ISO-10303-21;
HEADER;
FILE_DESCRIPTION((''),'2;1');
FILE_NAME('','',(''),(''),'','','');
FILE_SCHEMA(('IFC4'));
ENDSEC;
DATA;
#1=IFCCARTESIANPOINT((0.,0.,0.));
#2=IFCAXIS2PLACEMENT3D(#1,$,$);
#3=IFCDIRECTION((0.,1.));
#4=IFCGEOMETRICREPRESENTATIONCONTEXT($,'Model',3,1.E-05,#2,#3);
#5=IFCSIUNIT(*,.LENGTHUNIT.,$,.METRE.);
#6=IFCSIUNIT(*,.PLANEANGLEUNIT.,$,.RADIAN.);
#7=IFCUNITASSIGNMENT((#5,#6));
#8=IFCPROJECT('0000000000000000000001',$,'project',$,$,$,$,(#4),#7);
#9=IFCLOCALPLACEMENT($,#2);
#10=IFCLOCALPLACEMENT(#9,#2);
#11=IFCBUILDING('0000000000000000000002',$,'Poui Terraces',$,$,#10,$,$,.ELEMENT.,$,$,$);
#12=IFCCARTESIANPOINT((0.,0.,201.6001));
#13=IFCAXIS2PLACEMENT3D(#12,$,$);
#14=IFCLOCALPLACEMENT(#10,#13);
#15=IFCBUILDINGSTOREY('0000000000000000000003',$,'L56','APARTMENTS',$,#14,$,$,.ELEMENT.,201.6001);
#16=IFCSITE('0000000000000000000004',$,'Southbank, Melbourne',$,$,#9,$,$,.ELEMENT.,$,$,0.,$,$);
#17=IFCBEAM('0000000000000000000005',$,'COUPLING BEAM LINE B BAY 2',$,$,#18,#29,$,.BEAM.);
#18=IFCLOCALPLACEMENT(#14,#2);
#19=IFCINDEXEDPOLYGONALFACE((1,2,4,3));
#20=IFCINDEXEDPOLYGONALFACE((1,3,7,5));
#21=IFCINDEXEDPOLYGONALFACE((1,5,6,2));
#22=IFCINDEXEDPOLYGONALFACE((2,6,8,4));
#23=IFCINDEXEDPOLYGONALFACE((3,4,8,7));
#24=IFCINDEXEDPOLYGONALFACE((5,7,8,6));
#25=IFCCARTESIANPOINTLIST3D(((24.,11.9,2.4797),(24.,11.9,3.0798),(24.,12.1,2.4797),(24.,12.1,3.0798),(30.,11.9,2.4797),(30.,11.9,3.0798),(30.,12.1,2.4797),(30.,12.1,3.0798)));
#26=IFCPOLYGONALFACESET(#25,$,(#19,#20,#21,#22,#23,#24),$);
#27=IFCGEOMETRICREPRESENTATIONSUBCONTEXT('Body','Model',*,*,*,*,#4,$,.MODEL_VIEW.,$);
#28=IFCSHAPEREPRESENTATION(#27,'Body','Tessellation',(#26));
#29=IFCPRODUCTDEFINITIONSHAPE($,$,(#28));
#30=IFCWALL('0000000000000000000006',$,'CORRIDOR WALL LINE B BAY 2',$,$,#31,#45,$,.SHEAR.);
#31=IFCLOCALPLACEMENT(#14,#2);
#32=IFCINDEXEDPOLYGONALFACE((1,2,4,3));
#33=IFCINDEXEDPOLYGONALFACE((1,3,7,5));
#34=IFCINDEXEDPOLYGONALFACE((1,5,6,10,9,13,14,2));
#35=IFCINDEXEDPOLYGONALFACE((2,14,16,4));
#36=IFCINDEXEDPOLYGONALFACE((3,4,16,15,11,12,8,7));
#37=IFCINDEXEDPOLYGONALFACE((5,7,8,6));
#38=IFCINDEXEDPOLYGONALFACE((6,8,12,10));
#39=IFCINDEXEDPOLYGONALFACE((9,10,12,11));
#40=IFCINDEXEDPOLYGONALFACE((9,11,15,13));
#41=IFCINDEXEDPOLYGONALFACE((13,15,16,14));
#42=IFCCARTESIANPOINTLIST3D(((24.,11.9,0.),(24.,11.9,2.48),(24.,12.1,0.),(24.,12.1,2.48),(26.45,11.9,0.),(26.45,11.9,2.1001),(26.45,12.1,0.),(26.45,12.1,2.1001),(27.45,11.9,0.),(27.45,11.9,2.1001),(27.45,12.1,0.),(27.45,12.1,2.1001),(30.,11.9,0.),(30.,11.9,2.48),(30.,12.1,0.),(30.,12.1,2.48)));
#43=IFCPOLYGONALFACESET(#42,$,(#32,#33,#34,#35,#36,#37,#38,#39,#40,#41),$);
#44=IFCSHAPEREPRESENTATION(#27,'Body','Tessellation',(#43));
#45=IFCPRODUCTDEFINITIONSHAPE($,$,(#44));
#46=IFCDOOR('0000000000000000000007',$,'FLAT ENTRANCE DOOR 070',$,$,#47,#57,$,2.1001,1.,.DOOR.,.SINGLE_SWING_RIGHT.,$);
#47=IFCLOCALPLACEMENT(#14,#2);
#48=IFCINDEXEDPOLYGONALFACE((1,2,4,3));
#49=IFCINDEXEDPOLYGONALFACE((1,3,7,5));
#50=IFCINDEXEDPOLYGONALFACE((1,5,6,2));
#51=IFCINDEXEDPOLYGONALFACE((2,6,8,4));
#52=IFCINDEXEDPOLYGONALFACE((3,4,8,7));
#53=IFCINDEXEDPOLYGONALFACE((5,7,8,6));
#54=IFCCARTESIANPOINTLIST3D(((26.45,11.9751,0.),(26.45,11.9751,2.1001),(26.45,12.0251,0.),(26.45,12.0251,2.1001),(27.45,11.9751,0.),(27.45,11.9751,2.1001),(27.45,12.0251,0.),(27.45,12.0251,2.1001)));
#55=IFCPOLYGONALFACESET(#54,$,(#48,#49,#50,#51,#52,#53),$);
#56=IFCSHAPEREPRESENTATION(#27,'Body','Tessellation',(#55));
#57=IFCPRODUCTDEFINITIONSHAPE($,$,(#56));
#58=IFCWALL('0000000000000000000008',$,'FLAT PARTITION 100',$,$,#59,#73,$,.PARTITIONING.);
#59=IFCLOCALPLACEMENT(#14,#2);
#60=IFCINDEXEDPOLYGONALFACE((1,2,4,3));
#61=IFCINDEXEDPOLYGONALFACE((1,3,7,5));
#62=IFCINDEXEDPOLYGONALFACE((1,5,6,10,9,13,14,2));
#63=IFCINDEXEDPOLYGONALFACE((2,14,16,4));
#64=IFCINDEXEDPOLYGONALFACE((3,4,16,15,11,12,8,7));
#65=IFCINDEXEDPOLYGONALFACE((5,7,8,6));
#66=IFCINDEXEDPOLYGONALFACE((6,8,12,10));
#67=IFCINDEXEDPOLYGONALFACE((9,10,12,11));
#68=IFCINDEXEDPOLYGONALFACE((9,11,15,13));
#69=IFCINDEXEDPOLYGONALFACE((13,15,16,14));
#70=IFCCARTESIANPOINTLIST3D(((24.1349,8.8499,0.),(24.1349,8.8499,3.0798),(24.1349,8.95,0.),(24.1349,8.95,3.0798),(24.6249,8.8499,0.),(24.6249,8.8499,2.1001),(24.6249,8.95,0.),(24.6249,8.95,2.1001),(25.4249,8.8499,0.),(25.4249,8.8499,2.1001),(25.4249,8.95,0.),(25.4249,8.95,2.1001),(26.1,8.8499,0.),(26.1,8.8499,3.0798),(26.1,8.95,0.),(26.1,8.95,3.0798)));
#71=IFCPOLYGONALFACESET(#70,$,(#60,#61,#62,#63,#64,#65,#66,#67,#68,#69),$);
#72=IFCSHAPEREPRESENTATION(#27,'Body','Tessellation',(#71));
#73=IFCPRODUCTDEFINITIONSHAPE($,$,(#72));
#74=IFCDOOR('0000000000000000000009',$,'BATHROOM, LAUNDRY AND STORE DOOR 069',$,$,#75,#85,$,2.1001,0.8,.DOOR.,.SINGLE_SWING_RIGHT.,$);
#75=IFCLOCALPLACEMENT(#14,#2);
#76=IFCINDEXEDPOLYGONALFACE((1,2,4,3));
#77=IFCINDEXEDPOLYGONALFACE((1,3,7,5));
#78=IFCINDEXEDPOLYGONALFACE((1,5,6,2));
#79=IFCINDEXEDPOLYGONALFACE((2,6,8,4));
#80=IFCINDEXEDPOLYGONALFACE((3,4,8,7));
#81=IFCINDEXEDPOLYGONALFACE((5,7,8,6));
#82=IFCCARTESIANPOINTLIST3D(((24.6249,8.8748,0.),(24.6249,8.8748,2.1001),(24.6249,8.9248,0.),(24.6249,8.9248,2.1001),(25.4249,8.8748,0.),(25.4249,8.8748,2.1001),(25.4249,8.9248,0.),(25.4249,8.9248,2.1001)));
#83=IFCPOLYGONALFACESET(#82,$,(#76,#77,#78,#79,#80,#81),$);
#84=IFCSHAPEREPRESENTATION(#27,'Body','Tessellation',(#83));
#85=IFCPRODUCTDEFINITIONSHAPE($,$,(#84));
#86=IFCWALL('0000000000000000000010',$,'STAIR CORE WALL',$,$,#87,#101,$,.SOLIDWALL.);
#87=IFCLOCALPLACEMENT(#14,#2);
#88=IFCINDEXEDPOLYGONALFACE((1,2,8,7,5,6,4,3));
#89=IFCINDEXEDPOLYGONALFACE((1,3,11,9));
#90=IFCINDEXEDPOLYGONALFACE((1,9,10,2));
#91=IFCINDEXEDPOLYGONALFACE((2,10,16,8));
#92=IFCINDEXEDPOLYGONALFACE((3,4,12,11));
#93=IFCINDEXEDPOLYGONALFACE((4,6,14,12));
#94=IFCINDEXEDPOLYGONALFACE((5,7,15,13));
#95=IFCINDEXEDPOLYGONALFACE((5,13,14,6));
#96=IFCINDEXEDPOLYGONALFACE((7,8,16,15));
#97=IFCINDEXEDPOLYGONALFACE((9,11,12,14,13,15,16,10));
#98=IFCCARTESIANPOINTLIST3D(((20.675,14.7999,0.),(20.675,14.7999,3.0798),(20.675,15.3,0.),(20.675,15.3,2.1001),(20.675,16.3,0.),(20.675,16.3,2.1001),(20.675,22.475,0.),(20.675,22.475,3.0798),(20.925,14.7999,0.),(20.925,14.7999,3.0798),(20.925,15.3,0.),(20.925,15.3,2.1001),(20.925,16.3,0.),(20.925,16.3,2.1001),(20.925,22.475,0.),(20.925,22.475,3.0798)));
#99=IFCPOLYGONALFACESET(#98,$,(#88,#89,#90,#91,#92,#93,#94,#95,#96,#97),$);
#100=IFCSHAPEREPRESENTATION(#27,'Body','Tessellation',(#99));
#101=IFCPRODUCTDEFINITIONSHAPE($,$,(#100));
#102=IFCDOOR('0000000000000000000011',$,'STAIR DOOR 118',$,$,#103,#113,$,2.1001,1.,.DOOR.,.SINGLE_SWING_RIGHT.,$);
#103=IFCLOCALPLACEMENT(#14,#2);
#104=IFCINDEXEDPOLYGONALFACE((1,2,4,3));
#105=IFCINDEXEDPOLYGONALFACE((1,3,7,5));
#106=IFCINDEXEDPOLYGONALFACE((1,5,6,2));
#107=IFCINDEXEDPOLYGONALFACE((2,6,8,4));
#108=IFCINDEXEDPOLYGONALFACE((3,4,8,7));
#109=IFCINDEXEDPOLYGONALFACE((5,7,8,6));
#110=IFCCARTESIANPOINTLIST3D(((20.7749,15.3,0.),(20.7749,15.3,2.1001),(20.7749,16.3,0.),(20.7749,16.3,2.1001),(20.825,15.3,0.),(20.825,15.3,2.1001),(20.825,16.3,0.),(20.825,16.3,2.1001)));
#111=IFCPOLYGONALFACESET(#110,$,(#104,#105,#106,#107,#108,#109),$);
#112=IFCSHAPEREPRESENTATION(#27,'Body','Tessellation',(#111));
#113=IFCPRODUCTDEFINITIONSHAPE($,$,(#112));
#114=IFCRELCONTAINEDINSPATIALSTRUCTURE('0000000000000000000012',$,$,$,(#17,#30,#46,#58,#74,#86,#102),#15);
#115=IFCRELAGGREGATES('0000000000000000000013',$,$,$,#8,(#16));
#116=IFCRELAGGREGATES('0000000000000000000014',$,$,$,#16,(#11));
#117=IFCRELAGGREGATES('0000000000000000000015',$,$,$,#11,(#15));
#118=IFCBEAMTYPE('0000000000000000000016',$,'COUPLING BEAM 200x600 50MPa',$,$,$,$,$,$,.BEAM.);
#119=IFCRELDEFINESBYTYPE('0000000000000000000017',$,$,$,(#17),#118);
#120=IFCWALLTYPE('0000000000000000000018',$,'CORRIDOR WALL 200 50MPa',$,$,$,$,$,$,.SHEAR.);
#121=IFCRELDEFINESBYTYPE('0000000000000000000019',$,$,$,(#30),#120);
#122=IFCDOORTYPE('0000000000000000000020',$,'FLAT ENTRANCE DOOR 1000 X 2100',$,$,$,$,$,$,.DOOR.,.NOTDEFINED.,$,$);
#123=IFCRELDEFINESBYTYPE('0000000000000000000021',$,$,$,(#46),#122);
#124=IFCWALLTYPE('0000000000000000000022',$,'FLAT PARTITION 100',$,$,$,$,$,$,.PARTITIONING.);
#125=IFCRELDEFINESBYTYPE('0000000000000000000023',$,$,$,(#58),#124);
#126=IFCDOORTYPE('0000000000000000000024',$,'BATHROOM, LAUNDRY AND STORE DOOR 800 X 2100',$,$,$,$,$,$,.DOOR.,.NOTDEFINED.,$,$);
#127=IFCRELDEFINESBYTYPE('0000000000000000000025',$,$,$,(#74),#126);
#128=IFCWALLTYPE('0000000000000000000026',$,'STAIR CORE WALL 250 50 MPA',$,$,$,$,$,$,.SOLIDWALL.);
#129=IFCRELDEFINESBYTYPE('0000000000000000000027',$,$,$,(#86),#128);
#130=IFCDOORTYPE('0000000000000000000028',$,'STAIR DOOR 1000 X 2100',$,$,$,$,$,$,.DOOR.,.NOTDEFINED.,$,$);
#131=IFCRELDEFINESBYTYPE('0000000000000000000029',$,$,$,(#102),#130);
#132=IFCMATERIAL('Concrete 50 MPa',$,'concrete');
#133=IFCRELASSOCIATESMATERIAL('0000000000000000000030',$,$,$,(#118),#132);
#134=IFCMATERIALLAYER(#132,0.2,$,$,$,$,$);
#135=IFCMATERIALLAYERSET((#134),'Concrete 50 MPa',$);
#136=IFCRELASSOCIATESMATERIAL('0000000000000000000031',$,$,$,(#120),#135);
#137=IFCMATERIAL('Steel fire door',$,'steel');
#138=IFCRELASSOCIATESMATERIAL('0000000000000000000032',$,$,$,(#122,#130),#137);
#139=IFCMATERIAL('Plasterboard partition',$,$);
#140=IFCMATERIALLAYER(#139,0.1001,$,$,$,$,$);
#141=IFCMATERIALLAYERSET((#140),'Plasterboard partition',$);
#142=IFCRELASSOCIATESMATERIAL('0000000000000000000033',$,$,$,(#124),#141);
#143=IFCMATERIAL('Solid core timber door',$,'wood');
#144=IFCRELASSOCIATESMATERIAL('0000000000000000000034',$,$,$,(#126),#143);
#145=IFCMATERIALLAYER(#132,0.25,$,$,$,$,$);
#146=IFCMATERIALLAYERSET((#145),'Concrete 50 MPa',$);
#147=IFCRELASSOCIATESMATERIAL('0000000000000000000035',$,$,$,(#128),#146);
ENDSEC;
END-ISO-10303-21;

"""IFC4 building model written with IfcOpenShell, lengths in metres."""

from ifc_helpers import new_model, si_unit, direction, frame, frame_2d, origin, origin_2d, place, context, subcontext, project, spatial, rectangle, extrude, source, transform, mapped, material, layer, layer_set, material_profile, profile_set, type_object, element, fill, save


model = new_model("IFC4")

# Units and contexts
model_context = context("Model", 3, precision=1e-05, world=origin(), true_north=direction((0.0, 1.0)))
body_context = subcontext(model_context, "Body", "Model", "MODEL_VIEW")
ifc_project = project(units=[si_unit("LENGTHUNIT", "METRE"), si_unit("PLANEANGLEUNIT", "RADIAN")], contexts=[model_context])

# Site, building, storey
site_placement = place(None, origin())
site = spatial("IfcSite", under=ifc_project, at=site_placement, Name="Southbank, Melbourne", CompositionType="ELEMENT", RefElevation=0.0)
building_placement = place(site_placement, origin())
building = spatial("IfcBuilding", under=site, at=building_placement, Name="Poui Terraces", CompositionType="ELEMENT")
storey_placement = place(building_placement, frame((0.0, 0.0, 201.6001)))
storey = spatial("IfcBuildingStorey", under=building, at=storey_placement, Name="L56", Description="APARTMENTS", CompositionType="ELEMENT", Elevation=201.6001)

# Beam
ifc_material_1 = material(Name="Concrete 50 MPa", Category="concrete")
ifc_material_profile = material_profile(ifc_material_1, rectangle(XDim=0.2, YDim=0.6001, at=origin_2d()), Name="RC 200x600")
ifc_profile_set = profile_set([ifc_material_profile], Name="Concrete 50 MPa")
beam_type = type_object("IfcBeamType", Name="COUPLING BEAM 200x600 50MPa", PredefinedType="BEAM", material=ifc_profile_set)
shared_shape = source(origin(), body_context, "Body", "SweptSolid", [
    extrude(rectangle(XDim=0.2, YDim=0.6001, at=origin_2d()), origin(), (0.0, 0.0, 1.0), 6.0),
])
beam_placement = place(storey_placement, frame((24.0, 12.0, 2.7798), z_axis=(1.0, 0.0, 0.0), x_axis=(0.0, 1.0, 0.0)))
element("IfcBeam", 1, at=beam_placement, inside=storey, type_object=beam_type, Name="COUPLING BEAM LINE B BAY 2", PredefinedType="BEAM", context=body_context, shape_type="MappedRepresentation", body=[
    mapped(shared_shape, transform((0.0, 0.0, 0.0))),
])

# Walls, openings, doors
ifc_layer_1 = layer(ifc_material_1, 0.2)
ifc_layer_set_1 = layer_set([ifc_layer_1], Name="Concrete 50 MPa")
wall_type_1 = type_object("IfcWallType", Name="CORRIDOR WALL 200 50MPa", PredefinedType="SHEAR", material=ifc_layer_set_1)
wall_1_placement = place(storey_placement, frame((24.0, 12.0, 0.0), z_axis=(0.0, 0.0, 1.0), x_axis=(1.0, 0.0, 0.0)))
wall_1 = element("IfcWall", 2, at=wall_1_placement, inside=storey, type_object=wall_type_1, Name="CORRIDOR WALL LINE B BAY 2", PredefinedType="SHEAR", context=body_context, shape_type="SweptSolid", body=[
    extrude(rectangle(XDim=6.0, YDim=0.2, at=frame_2d((3.0, 0.0))), origin(), (0.0, 0.0, 1.0), 2.48),
])
opening_1_placement = place(wall_1_placement, frame((2.45, 0.0, 0.0)))
opening_1 = element("IfcOpeningElement", 3, at=opening_1_placement, cuts=wall_1, PredefinedType="OPENING", context=body_context, shape_type="SweptSolid", body=[
    extrude(rectangle(XDim=1.0, YDim=2.1001, at=frame_2d((0.5, 1.05))), frame((0.0, 0.1099, 0.0), z_axis=(0.0, -1.0, 0.0), x_axis=(1.0, 0.0, 0.0)), (0.0, 0.0, 1.0), 0.22),
])
ifc_material_2 = material(Name="Steel fire door", Category="steel")
door_type_1 = type_object("IfcDoorType", Name="FLAT ENTRANCE DOOR 1000 X 2100", OperationType="NOTDEFINED", PredefinedType="DOOR", material=ifc_material_2)
door_1_placement = place(opening_1_placement, frame((1.0, 0.0, 0.0), z_axis=(0.0, 0.0, 1.0), x_axis=(-1.0, 0.0, 0.0)))
door_1 = element("IfcDoor", 4, at=door_1_placement, inside=storey, type_object=door_type_1, Name="FLAT ENTRANCE DOOR 070", OperationType="SINGLE_SWING_RIGHT", OverallHeight=2.1001, OverallWidth=1.0, PredefinedType="DOOR", context=body_context, shape_type="SweptSolid", body=[
    extrude(rectangle(XDim=1.0, YDim=2.1001, at=frame_2d((0.5, 1.05))), frame((0.0, 0.0249, 0.0), z_axis=(0.0, -1.0, 0.0), x_axis=(1.0, 0.0, 0.0)), (0.0, 0.0, 1.0), 0.05),
])
fill(opening_1, door_1)
ifc_material_3 = material(Name="Plasterboard partition")
ifc_layer_2 = layer(ifc_material_3, 0.1001)
ifc_layer_set_2 = layer_set([ifc_layer_2], Name="Plasterboard partition")
wall_type_2 = type_object("IfcWallType", Name="FLAT PARTITION 100", PredefinedType="PARTITIONING", material=ifc_layer_set_2)
wall_2_placement = place(storey_placement, frame((24.135, 8.8999, 0.0), z_axis=(0.0, 0.0, 1.0), x_axis=(1.0, 0.0, 0.0)))
wall_2 = element("IfcWall", 5, at=wall_2_placement, inside=storey, type_object=wall_type_2, Name="FLAT PARTITION 100", PredefinedType="PARTITIONING", context=body_context, shape_type="SweptSolid", body=[
    extrude(rectangle(XDim=1.9651, YDim=0.1001, at=frame_2d((0.9824, 0.0))), origin(), (0.0, 0.0, 1.0), 3.0798),
])
opening_2_placement = place(wall_2_placement, frame((0.49, 0.0, 0.0)))
opening_2 = element("IfcOpeningElement", 6, at=opening_2_placement, cuts=wall_2, PredefinedType="OPENING", context=body_context, shape_type="SweptSolid", body=[
    extrude(rectangle(XDim=0.8, YDim=2.1001, at=frame_2d((0.3999, 1.05))), frame((0.0, 0.0601, 0.0), z_axis=(0.0, -1.0, 0.0), x_axis=(1.0, 0.0, 0.0)), (0.0, 0.0, 1.0), 0.1201),
])
ifc_material_4 = material(Name="Solid core timber door", Category="wood")
door_type_2 = type_object("IfcDoorType", Name="BATHROOM, LAUNDRY AND STORE DOOR 800 X 2100", OperationType="NOTDEFINED", PredefinedType="DOOR", material=ifc_material_4)
door_2_placement = place(opening_2_placement, origin())
door_2 = element("IfcDoor", 7, at=door_2_placement, inside=storey, type_object=door_type_2, Name="BATHROOM, LAUNDRY AND STORE DOOR 069", OperationType="SINGLE_SWING_RIGHT", OverallHeight=2.1001, OverallWidth=0.8, PredefinedType="DOOR", context=body_context, shape_type="SweptSolid", body=[
    extrude(rectangle(XDim=0.8, YDim=2.1001, at=frame_2d((0.3999, 1.05))), frame((0.0, 0.0249, 0.0), z_axis=(0.0, -1.0, 0.0), x_axis=(1.0, 0.0, 0.0)), (0.0, 0.0, 1.0), 0.05),
])
fill(opening_2, door_2)

# Shared definitions
door_type_3 = type_object("IfcDoorType", Name="STAIR DOOR 1000 X 2100", OperationType="NOTDEFINED", PredefinedType="DOOR", material=ifc_material_2)

# Wall, opening, door
ifc_layer_3 = layer(ifc_material_1, 0.25)
ifc_layer_set_3 = layer_set([ifc_layer_3], Name="Concrete 50 MPa")
wall_type_3 = type_object("IfcWallType", Name="STAIR CORE WALL 250 50 MPA", PredefinedType="SOLIDWALL", material=ifc_layer_set_3)
wall_3_placement = place(storey_placement, frame((20.8, 14.8, 0.0), z_axis=(0.0, 0.0, 1.0), x_axis=(0.0, 1.0, 0.0)))
wall_3 = element("IfcWall", 8, at=wall_3_placement, inside=storey, type_object=wall_type_3, Name="STAIR CORE WALL", PredefinedType="SOLIDWALL", context=body_context, shape_type="SweptSolid", body=[
    extrude(rectangle(XDim=7.675, YDim=0.25, at=frame_2d((3.8374, 0.0))), origin(), (0.0, 0.0, 1.0), 3.0798),
])
opening_3_placement = place(wall_3_placement, frame((0.5, 0.0, 0.0)))
opening_3 = element("IfcOpeningElement", 9, at=opening_3_placement, cuts=wall_3, PredefinedType="OPENING", context=body_context, shape_type="SweptSolid", body=[
    extrude(rectangle(XDim=1.0, YDim=2.1001, at=frame_2d((0.5, 1.05))), frame((0.0, 0.135, 0.0), z_axis=(0.0, -1.0, 0.0), x_axis=(1.0, 0.0, 0.0)), (0.0, 0.0, 1.0), 0.27),
])
door_3_placement = place(opening_3_placement, frame((1.0, 0.0, 0.0), z_axis=(0.0, 0.0, 1.0), x_axis=(-1.0, 0.0, 0.0)))
door_3 = element("IfcDoor", 10, at=door_3_placement, inside=storey, type_object=door_type_3, Name="STAIR DOOR 118", OperationType="SINGLE_SWING_RIGHT", OverallHeight=2.1001, OverallWidth=1.0, PredefinedType="DOOR", context=body_context, shape_type="SweptSolid", body=[
    extrude(rectangle(XDim=1.0, YDim=2.1001, at=frame_2d((0.5, 1.05))), frame((0.0, 0.0249, 0.0), z_axis=(0.0, -1.0, 0.0), x_axis=(1.0, 0.0, 0.0)), (0.0, 0.0, 1.0), 0.05),
])
fill(opening_3, door_3)

save(model, "model.ifc")
